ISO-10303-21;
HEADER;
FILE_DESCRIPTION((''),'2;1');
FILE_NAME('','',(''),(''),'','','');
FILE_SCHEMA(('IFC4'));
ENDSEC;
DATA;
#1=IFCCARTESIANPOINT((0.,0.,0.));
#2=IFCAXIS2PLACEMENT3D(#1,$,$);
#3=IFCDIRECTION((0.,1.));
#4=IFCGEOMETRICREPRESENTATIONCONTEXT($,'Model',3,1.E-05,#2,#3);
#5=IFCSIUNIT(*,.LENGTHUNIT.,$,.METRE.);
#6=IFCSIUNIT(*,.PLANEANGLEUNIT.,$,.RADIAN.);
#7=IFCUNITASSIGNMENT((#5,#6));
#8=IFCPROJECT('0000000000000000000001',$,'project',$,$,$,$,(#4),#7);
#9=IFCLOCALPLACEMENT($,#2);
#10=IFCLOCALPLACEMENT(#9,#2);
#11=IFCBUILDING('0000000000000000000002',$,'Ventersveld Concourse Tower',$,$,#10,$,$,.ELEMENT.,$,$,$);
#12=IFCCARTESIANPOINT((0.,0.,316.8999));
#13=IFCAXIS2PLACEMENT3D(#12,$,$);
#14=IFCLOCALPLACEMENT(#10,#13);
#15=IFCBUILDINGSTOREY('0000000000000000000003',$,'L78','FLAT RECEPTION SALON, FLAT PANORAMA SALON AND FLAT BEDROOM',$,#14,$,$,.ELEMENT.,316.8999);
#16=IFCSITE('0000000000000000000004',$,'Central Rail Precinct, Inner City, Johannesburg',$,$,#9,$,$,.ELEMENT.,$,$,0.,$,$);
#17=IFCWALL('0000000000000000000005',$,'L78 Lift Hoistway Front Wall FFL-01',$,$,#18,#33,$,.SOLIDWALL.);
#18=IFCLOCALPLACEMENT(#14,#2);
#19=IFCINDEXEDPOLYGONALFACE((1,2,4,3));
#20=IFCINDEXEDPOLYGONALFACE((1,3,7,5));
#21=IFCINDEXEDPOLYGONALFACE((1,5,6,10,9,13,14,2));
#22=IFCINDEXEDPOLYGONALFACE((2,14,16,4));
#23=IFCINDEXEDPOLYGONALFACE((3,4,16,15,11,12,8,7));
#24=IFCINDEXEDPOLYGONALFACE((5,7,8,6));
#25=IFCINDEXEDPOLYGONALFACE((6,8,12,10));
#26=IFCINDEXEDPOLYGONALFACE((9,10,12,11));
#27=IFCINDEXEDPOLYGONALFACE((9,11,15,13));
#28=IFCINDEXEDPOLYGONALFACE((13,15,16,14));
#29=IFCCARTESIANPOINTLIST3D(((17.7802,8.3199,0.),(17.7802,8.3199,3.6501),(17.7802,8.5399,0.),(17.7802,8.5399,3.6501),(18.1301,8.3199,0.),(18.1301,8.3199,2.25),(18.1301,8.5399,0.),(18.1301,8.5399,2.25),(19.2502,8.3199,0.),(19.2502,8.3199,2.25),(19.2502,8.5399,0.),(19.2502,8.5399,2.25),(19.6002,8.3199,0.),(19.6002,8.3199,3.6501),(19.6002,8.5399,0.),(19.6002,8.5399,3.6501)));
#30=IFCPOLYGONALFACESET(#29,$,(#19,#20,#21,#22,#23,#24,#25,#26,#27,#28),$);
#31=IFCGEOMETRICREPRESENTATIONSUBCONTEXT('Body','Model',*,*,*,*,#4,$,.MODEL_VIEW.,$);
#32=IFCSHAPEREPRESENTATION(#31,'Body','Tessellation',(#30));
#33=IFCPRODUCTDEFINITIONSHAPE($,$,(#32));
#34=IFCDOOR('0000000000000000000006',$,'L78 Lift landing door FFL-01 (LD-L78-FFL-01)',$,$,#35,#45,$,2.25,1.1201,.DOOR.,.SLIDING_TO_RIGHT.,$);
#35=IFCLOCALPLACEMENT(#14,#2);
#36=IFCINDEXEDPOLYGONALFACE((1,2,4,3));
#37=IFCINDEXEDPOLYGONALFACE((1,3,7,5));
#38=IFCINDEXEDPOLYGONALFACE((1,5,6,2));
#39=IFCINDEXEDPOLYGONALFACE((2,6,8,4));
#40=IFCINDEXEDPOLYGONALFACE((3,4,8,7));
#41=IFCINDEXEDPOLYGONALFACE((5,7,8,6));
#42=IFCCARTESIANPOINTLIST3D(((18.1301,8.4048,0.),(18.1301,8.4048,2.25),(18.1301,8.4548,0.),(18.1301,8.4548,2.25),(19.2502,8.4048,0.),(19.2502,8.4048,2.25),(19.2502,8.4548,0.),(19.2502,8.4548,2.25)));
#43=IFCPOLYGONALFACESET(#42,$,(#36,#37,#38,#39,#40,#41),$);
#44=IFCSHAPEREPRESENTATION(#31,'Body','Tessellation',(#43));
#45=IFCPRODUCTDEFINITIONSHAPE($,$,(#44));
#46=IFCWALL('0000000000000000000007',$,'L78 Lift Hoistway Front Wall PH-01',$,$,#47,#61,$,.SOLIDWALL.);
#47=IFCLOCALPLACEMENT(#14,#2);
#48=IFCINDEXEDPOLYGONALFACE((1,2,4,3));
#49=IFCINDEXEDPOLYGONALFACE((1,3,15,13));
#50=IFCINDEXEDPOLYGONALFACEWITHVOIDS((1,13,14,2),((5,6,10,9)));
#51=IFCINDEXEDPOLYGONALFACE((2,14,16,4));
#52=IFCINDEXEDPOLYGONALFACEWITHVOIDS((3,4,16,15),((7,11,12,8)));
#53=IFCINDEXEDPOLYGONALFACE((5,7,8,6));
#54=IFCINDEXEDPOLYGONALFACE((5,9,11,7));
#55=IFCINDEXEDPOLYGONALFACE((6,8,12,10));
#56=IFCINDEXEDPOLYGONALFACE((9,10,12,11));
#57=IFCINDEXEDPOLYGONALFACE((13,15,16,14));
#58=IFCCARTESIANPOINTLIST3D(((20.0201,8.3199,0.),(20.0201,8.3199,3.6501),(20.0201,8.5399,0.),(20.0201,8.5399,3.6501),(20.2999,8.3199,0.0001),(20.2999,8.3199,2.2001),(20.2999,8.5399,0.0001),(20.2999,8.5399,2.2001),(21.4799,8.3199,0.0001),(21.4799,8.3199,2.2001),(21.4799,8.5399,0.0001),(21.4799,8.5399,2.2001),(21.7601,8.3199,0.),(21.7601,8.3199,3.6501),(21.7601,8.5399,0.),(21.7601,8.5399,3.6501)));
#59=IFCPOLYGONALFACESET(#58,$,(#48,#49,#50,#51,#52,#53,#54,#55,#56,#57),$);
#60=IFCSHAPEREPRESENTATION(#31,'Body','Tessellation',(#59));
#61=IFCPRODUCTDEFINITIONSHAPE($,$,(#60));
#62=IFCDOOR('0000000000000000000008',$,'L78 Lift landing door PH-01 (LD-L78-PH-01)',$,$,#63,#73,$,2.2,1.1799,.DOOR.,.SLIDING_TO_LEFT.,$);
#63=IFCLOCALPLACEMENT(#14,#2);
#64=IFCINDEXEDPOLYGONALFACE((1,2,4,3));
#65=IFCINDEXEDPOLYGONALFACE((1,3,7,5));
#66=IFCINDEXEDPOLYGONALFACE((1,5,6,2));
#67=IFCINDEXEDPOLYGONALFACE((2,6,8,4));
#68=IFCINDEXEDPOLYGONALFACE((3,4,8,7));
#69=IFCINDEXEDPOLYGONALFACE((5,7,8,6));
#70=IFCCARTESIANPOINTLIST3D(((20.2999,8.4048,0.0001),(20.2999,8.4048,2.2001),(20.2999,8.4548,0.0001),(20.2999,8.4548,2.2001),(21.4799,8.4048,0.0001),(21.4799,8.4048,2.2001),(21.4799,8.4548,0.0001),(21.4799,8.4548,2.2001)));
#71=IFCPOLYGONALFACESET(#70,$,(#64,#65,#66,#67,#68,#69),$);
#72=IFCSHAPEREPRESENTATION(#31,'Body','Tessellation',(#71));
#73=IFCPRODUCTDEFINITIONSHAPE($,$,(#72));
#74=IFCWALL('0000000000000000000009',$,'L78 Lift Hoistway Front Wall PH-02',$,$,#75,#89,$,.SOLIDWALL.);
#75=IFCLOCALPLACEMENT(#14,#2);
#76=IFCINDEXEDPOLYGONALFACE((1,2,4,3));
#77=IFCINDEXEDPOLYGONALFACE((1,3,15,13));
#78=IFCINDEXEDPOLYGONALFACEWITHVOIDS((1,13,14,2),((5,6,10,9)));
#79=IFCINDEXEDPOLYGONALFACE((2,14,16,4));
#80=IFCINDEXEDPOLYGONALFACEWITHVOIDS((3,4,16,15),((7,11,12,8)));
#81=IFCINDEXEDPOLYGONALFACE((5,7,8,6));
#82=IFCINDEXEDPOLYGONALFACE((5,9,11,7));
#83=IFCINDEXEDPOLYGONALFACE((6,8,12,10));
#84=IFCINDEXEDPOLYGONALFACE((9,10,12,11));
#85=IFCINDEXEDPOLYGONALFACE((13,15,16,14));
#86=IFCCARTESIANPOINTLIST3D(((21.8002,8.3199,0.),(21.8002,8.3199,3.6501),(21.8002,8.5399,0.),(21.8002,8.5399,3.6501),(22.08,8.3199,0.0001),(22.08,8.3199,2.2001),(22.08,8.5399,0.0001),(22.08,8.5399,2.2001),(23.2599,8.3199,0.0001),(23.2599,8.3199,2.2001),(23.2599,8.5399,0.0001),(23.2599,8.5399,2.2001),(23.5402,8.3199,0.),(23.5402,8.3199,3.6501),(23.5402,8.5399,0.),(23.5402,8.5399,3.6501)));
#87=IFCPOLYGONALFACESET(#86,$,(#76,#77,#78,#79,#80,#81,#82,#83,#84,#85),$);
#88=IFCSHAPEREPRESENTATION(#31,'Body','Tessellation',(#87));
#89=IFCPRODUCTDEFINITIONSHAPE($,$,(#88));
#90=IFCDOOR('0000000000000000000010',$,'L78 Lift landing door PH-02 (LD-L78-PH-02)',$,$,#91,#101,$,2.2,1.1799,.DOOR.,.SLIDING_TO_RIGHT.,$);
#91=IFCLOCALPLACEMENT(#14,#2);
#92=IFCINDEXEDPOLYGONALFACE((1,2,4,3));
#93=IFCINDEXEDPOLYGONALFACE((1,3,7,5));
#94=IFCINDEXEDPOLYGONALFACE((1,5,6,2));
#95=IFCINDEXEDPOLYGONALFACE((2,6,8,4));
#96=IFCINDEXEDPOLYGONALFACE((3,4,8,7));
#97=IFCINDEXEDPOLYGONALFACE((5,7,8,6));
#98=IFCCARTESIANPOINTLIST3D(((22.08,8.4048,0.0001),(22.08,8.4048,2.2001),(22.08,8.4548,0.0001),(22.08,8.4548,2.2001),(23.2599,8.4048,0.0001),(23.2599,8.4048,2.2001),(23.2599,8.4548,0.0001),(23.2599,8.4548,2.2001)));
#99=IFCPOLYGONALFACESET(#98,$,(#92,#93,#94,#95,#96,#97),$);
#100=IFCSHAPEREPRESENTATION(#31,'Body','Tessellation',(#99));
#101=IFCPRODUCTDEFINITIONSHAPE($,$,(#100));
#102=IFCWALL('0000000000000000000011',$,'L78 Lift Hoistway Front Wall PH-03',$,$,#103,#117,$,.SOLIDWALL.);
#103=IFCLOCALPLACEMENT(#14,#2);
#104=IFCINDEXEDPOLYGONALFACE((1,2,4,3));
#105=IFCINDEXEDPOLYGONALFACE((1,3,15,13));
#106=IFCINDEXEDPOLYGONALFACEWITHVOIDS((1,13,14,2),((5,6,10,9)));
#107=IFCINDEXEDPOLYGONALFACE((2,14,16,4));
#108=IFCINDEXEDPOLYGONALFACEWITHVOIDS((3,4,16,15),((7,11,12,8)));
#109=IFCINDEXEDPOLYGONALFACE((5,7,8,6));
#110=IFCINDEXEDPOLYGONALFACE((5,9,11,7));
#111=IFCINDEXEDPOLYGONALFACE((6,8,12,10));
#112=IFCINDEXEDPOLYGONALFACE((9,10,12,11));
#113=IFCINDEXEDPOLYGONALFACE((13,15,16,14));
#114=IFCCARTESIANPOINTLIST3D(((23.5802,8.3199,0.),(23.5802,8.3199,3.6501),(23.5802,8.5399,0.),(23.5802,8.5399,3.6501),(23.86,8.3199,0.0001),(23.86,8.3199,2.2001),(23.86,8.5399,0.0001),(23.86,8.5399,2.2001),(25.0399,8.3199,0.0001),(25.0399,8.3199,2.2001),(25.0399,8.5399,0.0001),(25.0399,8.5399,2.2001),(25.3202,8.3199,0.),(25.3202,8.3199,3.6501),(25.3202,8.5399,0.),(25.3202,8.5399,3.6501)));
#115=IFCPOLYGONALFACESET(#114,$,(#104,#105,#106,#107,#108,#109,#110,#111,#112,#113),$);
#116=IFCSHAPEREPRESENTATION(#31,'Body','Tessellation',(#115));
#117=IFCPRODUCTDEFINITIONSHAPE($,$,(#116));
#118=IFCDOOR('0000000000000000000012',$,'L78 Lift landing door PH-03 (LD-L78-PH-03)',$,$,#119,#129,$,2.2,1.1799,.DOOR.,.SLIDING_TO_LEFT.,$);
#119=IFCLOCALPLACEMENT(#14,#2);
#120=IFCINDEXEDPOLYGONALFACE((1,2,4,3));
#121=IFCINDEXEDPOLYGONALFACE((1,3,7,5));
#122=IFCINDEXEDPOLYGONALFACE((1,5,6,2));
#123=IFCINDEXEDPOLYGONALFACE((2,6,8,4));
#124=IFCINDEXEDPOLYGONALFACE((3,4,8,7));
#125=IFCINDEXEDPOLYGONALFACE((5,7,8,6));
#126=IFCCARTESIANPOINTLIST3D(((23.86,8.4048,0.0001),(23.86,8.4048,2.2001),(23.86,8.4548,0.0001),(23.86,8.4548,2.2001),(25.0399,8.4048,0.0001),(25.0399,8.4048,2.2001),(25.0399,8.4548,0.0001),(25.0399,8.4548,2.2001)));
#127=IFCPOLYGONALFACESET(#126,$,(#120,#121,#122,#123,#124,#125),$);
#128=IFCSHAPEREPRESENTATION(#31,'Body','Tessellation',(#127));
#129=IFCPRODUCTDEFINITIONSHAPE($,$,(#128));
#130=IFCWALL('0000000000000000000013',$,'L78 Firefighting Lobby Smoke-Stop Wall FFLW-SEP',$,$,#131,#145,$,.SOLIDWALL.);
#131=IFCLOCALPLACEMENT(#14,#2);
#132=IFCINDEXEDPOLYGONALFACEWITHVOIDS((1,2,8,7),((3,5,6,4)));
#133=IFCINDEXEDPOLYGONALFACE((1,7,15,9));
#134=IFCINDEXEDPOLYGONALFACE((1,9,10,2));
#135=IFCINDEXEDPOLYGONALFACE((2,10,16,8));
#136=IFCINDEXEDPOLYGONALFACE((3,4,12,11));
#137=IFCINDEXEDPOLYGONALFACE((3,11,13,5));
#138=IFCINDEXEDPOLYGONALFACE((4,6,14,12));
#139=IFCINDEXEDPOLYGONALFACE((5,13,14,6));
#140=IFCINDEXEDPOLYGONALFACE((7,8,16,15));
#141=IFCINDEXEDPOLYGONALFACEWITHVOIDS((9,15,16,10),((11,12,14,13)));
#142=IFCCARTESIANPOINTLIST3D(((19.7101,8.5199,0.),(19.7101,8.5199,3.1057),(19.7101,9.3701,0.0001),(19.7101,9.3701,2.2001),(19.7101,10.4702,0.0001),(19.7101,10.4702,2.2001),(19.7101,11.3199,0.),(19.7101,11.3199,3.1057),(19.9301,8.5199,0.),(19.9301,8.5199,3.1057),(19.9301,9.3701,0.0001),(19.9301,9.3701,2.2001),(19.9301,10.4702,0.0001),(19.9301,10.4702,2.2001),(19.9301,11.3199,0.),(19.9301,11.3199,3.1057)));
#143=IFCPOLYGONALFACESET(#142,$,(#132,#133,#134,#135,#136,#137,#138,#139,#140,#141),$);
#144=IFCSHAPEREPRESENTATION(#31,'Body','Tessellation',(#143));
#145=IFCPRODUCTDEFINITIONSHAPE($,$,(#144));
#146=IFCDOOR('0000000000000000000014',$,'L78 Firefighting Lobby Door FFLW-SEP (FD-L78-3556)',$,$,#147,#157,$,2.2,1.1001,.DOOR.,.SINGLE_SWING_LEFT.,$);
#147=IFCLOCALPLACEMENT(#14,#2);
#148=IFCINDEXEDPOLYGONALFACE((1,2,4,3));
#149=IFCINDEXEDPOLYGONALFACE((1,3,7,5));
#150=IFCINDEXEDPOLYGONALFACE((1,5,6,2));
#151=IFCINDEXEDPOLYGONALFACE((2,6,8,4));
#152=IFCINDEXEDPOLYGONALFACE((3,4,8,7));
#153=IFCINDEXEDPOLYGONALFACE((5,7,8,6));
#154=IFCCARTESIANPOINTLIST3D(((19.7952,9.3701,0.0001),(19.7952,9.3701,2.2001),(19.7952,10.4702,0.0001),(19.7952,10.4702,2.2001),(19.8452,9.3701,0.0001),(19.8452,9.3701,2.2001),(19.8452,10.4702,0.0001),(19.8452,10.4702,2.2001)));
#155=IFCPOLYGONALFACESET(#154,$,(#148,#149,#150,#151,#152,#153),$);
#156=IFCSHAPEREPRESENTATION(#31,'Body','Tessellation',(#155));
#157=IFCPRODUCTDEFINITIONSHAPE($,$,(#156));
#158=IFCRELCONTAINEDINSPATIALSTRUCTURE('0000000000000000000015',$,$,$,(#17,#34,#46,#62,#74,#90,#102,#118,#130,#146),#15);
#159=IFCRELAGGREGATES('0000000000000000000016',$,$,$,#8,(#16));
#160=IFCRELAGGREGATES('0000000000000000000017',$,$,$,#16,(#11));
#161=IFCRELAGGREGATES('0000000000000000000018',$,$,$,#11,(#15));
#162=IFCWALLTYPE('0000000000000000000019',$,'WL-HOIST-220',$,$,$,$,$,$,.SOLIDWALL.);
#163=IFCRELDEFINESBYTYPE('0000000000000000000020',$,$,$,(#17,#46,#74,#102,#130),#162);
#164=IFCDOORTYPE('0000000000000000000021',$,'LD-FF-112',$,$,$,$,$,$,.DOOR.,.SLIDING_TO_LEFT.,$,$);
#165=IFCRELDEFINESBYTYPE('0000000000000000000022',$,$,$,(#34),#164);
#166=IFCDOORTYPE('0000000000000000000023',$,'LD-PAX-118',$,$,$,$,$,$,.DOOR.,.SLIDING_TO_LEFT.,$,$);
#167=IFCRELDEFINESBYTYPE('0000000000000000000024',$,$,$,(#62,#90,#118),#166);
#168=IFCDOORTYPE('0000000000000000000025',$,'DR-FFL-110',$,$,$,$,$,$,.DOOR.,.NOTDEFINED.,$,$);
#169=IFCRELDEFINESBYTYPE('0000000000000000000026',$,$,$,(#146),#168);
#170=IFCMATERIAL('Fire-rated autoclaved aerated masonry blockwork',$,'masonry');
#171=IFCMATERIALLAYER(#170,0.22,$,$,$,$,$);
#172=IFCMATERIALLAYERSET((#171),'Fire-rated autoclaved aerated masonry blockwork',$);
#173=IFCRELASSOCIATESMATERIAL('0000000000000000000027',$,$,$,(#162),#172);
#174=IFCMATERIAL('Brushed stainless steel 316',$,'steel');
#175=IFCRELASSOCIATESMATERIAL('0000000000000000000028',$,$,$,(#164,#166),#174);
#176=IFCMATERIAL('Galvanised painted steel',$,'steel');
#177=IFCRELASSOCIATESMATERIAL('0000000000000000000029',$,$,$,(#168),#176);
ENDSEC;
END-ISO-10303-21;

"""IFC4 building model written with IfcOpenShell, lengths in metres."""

from ifc_helpers import new_model, si_unit, direction, frame, frame_2d, origin, place, context, subcontext, project, spatial, rectangle, extrude, material, layer, layer_set, type_object, element, fill, save


model = new_model("IFC4")

# Units and contexts
model_context = context("Model", 3, precision=1e-05, world=origin(), true_north=direction((0.0, 1.0)))
body_context = subcontext(model_context, "Body", "Model", "MODEL_VIEW")
ifc_project = project(units=[si_unit("LENGTHUNIT", "METRE"), si_unit("PLANEANGLEUNIT", "RADIAN")], contexts=[model_context])

# Site, building, storey
site_placement = place(None, origin())
site = spatial("IfcSite", under=ifc_project, at=site_placement, Name="Central Rail Precinct, Inner City, Johannesburg", CompositionType="ELEMENT", RefElevation=0.0)
building_placement = place(site_placement, origin())
building = spatial("IfcBuilding", under=site, at=building_placement, Name="Ventersveld Concourse Tower", CompositionType="ELEMENT")
storey_placement = place(building_placement, frame((0.0, 0.0, 316.8999)))
storey = spatial("IfcBuildingStorey", under=building, at=storey_placement, Name="L78", Description="FLAT RECEPTION SALON, FLAT PANORAMA SALON AND FLAT BEDROOM", CompositionType="ELEMENT", Elevation=316.8999)

# Walls, openings, doors
ifc_material_1 = material(Name="Fire-rated autoclaved aerated masonry blockwork", Category="masonry")
ifc_layer_1 = layer(ifc_material_1, 0.22)
ifc_layer_set_1 = layer_set([ifc_layer_1], Name="Fire-rated autoclaved aerated masonry blockwork")
wall_type_1 = type_object("IfcWallType", Name="WL-HOIST-220", PredefinedType="SOLIDWALL", material=ifc_layer_set_1)
wall_1_placement = place(storey_placement, frame((17.78, 8.4299, 0.0), z_axis=(0.0, 0.0, 1.0), x_axis=(1.0, 0.0, 0.0)))
wall_1 = element("IfcWall", 1, at=wall_1_placement, inside=storey, type_object=wall_type_1, Name="L78 Lift Hoistway Front Wall FFL-01", PredefinedType="SOLIDWALL", context=body_context, shape_type="SweptSolid", body=[
    extrude(rectangle(XDim=1.8201, YDim=0.22, at=frame_2d((0.9102, 0.0))), origin(), (0.0, 0.0, 1.0), 3.6501),
])
opening_1_placement = place(wall_1_placement, frame((0.3501, 0.0, 0.0)))
opening_1 = element("IfcOpeningElement", 2, at=opening_1_placement, cuts=wall_1, PredefinedType="OPENING", context=body_context, shape_type="SweptSolid", body=[
    extrude(rectangle(XDim=1.1201, YDim=2.25, at=frame_2d((0.5601, 1.125))), frame((0.0, 0.1201, 0.0), z_axis=(0.0, -1.0, 0.0), x_axis=(1.0, 0.0, 0.0)), (0.0, 0.0, 1.0), 0.24),
])
ifc_material_2 = material(Name="Brushed stainless steel 316", Category="steel")
door_type_1 = type_object("IfcDoorType", Name="LD-FF-112", OperationType="SLIDING_TO_LEFT", PredefinedType="DOOR", material=ifc_material_2)
door_1_placement = place(opening_1_placement, origin())
door_1 = element("IfcDoor", 3, at=door_1_placement, inside=storey, type_object=door_type_1, Name="L78 Lift landing door FFL-01 (LD-L78-FFL-01)", OperationType="SLIDING_TO_RIGHT", OverallHeight=2.25, OverallWidth=1.1201, PredefinedType="DOOR", context=body_context, shape_type="SweptSolid", body=[
    extrude(rectangle(XDim=1.1201, YDim=2.25, at=frame_2d((0.5601, 1.125))), frame((0.0, 0.0249, 0.0), z_axis=(0.0, -1.0, 0.0), x_axis=(1.0, 0.0, 0.0)), (0.0, 0.0, 1.0), 0.05),
])
fill(opening_1, door_1)
wall_2_placement = place(storey_placement, frame((20.02, 8.4299, 0.0), z_axis=(0.0, 0.0, 1.0), x_axis=(1.0, 0.0, 0.0)))
wall_2 = element("IfcWall", 4, at=wall_2_placement, inside=storey, type_object=wall_type_1, Name="L78 Lift Hoistway Front Wall PH-01", PredefinedType="SOLIDWALL", context=body_context, shape_type="SweptSolid", body=[
    extrude(rectangle(XDim=1.74, YDim=0.22, at=frame_2d((0.8701, 0.0))), origin(), (0.0, 0.0, 1.0), 3.6501),
])
opening_2_placement = place(wall_2_placement, frame((0.28, 0.0, 0.0)))
opening_2 = element("IfcOpeningElement", 5, at=opening_2_placement, cuts=wall_2, PredefinedType="OPENING", context=body_context, shape_type="SweptSolid", body=[
    extrude(rectangle(XDim=1.1799, YDim=2.2, at=frame_2d((0.5898, 1.1001))), frame((0.0, 0.1201, 0.0), z_axis=(0.0, -1.0, 0.0), x_axis=(1.0, 0.0, 0.0)), (0.0, 0.0, 1.0), 0.24),
])
door_type_2 = type_object("IfcDoorType", Name="LD-PAX-118", OperationType="SLIDING_TO_LEFT", PredefinedType="DOOR", material=ifc_material_2)
door_2_placement = place(opening_2_placement, origin())
door_2 = element("IfcDoor", 6, at=door_2_placement, inside=storey, type_object=door_type_2, Name="L78 Lift landing door PH-01 (LD-L78-PH-01)", OperationType="SLIDING_TO_LEFT", OverallHeight=2.2, OverallWidth=1.1799, PredefinedType="DOOR", context=body_context, shape_type="SweptSolid", body=[
    extrude(rectangle(XDim=1.1799, YDim=2.2, at=frame_2d((0.5898, 1.1001))), frame((0.0, 0.0249, 0.0), z_axis=(0.0, -1.0, 0.0), x_axis=(1.0, 0.0, 0.0)), (0.0, 0.0, 1.0), 0.05),
])
fill(opening_2, door_2)
wall_3_placement = place(storey_placement, frame((21.8, 8.4299, 0.0), z_axis=(0.0, 0.0, 1.0), x_axis=(1.0, 0.0, 0.0)))
wall_3 = element("IfcWall", 7, at=wall_3_placement, inside=storey, type_object=wall_type_1, Name="L78 Lift Hoistway Front Wall PH-02", PredefinedType="SOLIDWALL", context=body_context, shape_type="SweptSolid", body=[
    extrude(rectangle(XDim=1.74, YDim=0.22, at=frame_2d((0.8701, 0.0))), origin(), (0.0, 0.0, 1.0), 3.6501),
])
opening_3_placement = place(wall_3_placement, frame((0.28, 0.0, 0.0)))
opening_3 = element("IfcOpeningElement", 8, at=opening_3_placement, cuts=wall_3, PredefinedType="OPENING", context=body_context, shape_type="SweptSolid", body=[
    extrude(rectangle(XDim=1.1799, YDim=2.2, at=frame_2d((0.5898, 1.1001))), frame((0.0, 0.1201, 0.0), z_axis=(0.0, -1.0, 0.0), x_axis=(1.0, 0.0, 0.0)), (0.0, 0.0, 1.0), 0.24),
])
door_3_placement = place(opening_3_placement, origin())
door_3 = element("IfcDoor", 9, at=door_3_placement, inside=storey, type_object=door_type_2, Name="L78 Lift landing door PH-02 (LD-L78-PH-02)", OperationType="SLIDING_TO_RIGHT", OverallHeight=2.2, OverallWidth=1.1799, PredefinedType="DOOR", context=body_context, shape_type="SweptSolid", body=[
    extrude(rectangle(XDim=1.1799, YDim=2.2, at=frame_2d((0.5898, 1.1001))), frame((0.0, 0.0249, 0.0), z_axis=(0.0, -1.0, 0.0), x_axis=(1.0, 0.0, 0.0)), (0.0, 0.0, 1.0), 0.05),
])
fill(opening_3, door_3)
wall_4_placement = place(storey_placement, frame((23.5801, 8.4299, 0.0), z_axis=(0.0, 0.0, 1.0), x_axis=(1.0, 0.0, 0.0)))
wall_4 = element("IfcWall", 10, at=wall_4_placement, inside=storey, type_object=wall_type_1, Name="L78 Lift Hoistway Front Wall PH-03", PredefinedType="SOLIDWALL", context=body_context, shape_type="SweptSolid", body=[
    extrude(rectangle(XDim=1.74, YDim=0.22, at=frame_2d((0.8701, 0.0))), origin(), (0.0, 0.0, 1.0), 3.6501),
])
opening_4_placement = place(wall_4_placement, frame((0.28, 0.0, 0.0)))
opening_4 = element("IfcOpeningElement", 11, at=opening_4_placement, cuts=wall_4, PredefinedType="OPENING", context=body_context, shape_type="SweptSolid", body=[
    extrude(rectangle(XDim=1.1799, YDim=2.2, at=frame_2d((0.5898, 1.1001))), frame((0.0, 0.1201, 0.0), z_axis=(0.0, -1.0, 0.0), x_axis=(1.0, 0.0, 0.0)), (0.0, 0.0, 1.0), 0.24),
])
door_4_placement = place(opening_4_placement, origin())
door_4 = element("IfcDoor", 12, at=door_4_placement, inside=storey, type_object=door_type_2, Name="L78 Lift landing door PH-03 (LD-L78-PH-03)", OperationType="SLIDING_TO_LEFT", OverallHeight=2.2, OverallWidth=1.1799, PredefinedType="DOOR", context=body_context, shape_type="SweptSolid", body=[
    extrude(rectangle(XDim=1.1799, YDim=2.2, at=frame_2d((0.5898, 1.1001))), frame((0.0, 0.0249, 0.0), z_axis=(0.0, -1.0, 0.0), x_axis=(1.0, 0.0, 0.0)), (0.0, 0.0, 1.0), 0.05),
])
fill(opening_4, door_4)
wall_5_placement = place(storey_placement, frame((19.8201, 8.52, 0.0), z_axis=(0.0, 0.0, 1.0), x_axis=(0.0, 1.0, 0.0)))
wall_5 = element("IfcWall", 13, at=wall_5_placement, inside=storey, type_object=wall_type_1, Name="L78 Firefighting Lobby Smoke-Stop Wall FFLW-SEP", PredefinedType="SOLIDWALL", context=body_context, shape_type="SweptSolid", body=[
    extrude(rectangle(XDim=2.8, YDim=0.22, at=frame_2d((1.3999, 0.0))), origin(), (0.0, 0.0, 1.0), 3.1057),
])
opening_5_placement = place(wall_5_placement, frame((0.8501, 0.0, 0.0)))
opening_5 = element("IfcOpeningElement", 14, at=opening_5_placement, cuts=wall_5, PredefinedType="OPENING", context=body_context, shape_type="SweptSolid", body=[
    extrude(rectangle(XDim=1.1001, YDim=2.2, at=frame_2d((0.55, 1.1001))), frame((0.0, 0.1201, 0.0), z_axis=(0.0, -1.0, 0.0), x_axis=(1.0, 0.0, 0.0)), (0.0, 0.0, 1.0), 0.24),
])
ifc_material_3 = material(Name="Galvanised painted steel", Category="steel")
door_type_3 = type_object("IfcDoorType", Name="DR-FFL-110", OperationType="NOTDEFINED", PredefinedType="DOOR", material=ifc_material_3)
door_5_placement = place(opening_5_placement, origin())
door_5 = element("IfcDoor", 15, at=door_5_placement, inside=storey, type_object=door_type_3, Name="L78 Firefighting Lobby Door FFLW-SEP (FD-L78-3556)", OperationType="SINGLE_SWING_LEFT", OverallHeight=2.2, OverallWidth=1.1001, PredefinedType="DOOR", context=body_context, shape_type="SweptSolid", body=[
    extrude(rectangle(XDim=1.1001, YDim=2.2, at=frame_2d((0.55, 1.1001))), frame((0.0, 0.0249, 0.0), z_axis=(0.0, -1.0, 0.0), x_axis=(1.0, 0.0, 0.0)), (0.0, 0.0, 1.0), 0.05),
])
fill(opening_5, door_5)

save(model, "model.ifc")
